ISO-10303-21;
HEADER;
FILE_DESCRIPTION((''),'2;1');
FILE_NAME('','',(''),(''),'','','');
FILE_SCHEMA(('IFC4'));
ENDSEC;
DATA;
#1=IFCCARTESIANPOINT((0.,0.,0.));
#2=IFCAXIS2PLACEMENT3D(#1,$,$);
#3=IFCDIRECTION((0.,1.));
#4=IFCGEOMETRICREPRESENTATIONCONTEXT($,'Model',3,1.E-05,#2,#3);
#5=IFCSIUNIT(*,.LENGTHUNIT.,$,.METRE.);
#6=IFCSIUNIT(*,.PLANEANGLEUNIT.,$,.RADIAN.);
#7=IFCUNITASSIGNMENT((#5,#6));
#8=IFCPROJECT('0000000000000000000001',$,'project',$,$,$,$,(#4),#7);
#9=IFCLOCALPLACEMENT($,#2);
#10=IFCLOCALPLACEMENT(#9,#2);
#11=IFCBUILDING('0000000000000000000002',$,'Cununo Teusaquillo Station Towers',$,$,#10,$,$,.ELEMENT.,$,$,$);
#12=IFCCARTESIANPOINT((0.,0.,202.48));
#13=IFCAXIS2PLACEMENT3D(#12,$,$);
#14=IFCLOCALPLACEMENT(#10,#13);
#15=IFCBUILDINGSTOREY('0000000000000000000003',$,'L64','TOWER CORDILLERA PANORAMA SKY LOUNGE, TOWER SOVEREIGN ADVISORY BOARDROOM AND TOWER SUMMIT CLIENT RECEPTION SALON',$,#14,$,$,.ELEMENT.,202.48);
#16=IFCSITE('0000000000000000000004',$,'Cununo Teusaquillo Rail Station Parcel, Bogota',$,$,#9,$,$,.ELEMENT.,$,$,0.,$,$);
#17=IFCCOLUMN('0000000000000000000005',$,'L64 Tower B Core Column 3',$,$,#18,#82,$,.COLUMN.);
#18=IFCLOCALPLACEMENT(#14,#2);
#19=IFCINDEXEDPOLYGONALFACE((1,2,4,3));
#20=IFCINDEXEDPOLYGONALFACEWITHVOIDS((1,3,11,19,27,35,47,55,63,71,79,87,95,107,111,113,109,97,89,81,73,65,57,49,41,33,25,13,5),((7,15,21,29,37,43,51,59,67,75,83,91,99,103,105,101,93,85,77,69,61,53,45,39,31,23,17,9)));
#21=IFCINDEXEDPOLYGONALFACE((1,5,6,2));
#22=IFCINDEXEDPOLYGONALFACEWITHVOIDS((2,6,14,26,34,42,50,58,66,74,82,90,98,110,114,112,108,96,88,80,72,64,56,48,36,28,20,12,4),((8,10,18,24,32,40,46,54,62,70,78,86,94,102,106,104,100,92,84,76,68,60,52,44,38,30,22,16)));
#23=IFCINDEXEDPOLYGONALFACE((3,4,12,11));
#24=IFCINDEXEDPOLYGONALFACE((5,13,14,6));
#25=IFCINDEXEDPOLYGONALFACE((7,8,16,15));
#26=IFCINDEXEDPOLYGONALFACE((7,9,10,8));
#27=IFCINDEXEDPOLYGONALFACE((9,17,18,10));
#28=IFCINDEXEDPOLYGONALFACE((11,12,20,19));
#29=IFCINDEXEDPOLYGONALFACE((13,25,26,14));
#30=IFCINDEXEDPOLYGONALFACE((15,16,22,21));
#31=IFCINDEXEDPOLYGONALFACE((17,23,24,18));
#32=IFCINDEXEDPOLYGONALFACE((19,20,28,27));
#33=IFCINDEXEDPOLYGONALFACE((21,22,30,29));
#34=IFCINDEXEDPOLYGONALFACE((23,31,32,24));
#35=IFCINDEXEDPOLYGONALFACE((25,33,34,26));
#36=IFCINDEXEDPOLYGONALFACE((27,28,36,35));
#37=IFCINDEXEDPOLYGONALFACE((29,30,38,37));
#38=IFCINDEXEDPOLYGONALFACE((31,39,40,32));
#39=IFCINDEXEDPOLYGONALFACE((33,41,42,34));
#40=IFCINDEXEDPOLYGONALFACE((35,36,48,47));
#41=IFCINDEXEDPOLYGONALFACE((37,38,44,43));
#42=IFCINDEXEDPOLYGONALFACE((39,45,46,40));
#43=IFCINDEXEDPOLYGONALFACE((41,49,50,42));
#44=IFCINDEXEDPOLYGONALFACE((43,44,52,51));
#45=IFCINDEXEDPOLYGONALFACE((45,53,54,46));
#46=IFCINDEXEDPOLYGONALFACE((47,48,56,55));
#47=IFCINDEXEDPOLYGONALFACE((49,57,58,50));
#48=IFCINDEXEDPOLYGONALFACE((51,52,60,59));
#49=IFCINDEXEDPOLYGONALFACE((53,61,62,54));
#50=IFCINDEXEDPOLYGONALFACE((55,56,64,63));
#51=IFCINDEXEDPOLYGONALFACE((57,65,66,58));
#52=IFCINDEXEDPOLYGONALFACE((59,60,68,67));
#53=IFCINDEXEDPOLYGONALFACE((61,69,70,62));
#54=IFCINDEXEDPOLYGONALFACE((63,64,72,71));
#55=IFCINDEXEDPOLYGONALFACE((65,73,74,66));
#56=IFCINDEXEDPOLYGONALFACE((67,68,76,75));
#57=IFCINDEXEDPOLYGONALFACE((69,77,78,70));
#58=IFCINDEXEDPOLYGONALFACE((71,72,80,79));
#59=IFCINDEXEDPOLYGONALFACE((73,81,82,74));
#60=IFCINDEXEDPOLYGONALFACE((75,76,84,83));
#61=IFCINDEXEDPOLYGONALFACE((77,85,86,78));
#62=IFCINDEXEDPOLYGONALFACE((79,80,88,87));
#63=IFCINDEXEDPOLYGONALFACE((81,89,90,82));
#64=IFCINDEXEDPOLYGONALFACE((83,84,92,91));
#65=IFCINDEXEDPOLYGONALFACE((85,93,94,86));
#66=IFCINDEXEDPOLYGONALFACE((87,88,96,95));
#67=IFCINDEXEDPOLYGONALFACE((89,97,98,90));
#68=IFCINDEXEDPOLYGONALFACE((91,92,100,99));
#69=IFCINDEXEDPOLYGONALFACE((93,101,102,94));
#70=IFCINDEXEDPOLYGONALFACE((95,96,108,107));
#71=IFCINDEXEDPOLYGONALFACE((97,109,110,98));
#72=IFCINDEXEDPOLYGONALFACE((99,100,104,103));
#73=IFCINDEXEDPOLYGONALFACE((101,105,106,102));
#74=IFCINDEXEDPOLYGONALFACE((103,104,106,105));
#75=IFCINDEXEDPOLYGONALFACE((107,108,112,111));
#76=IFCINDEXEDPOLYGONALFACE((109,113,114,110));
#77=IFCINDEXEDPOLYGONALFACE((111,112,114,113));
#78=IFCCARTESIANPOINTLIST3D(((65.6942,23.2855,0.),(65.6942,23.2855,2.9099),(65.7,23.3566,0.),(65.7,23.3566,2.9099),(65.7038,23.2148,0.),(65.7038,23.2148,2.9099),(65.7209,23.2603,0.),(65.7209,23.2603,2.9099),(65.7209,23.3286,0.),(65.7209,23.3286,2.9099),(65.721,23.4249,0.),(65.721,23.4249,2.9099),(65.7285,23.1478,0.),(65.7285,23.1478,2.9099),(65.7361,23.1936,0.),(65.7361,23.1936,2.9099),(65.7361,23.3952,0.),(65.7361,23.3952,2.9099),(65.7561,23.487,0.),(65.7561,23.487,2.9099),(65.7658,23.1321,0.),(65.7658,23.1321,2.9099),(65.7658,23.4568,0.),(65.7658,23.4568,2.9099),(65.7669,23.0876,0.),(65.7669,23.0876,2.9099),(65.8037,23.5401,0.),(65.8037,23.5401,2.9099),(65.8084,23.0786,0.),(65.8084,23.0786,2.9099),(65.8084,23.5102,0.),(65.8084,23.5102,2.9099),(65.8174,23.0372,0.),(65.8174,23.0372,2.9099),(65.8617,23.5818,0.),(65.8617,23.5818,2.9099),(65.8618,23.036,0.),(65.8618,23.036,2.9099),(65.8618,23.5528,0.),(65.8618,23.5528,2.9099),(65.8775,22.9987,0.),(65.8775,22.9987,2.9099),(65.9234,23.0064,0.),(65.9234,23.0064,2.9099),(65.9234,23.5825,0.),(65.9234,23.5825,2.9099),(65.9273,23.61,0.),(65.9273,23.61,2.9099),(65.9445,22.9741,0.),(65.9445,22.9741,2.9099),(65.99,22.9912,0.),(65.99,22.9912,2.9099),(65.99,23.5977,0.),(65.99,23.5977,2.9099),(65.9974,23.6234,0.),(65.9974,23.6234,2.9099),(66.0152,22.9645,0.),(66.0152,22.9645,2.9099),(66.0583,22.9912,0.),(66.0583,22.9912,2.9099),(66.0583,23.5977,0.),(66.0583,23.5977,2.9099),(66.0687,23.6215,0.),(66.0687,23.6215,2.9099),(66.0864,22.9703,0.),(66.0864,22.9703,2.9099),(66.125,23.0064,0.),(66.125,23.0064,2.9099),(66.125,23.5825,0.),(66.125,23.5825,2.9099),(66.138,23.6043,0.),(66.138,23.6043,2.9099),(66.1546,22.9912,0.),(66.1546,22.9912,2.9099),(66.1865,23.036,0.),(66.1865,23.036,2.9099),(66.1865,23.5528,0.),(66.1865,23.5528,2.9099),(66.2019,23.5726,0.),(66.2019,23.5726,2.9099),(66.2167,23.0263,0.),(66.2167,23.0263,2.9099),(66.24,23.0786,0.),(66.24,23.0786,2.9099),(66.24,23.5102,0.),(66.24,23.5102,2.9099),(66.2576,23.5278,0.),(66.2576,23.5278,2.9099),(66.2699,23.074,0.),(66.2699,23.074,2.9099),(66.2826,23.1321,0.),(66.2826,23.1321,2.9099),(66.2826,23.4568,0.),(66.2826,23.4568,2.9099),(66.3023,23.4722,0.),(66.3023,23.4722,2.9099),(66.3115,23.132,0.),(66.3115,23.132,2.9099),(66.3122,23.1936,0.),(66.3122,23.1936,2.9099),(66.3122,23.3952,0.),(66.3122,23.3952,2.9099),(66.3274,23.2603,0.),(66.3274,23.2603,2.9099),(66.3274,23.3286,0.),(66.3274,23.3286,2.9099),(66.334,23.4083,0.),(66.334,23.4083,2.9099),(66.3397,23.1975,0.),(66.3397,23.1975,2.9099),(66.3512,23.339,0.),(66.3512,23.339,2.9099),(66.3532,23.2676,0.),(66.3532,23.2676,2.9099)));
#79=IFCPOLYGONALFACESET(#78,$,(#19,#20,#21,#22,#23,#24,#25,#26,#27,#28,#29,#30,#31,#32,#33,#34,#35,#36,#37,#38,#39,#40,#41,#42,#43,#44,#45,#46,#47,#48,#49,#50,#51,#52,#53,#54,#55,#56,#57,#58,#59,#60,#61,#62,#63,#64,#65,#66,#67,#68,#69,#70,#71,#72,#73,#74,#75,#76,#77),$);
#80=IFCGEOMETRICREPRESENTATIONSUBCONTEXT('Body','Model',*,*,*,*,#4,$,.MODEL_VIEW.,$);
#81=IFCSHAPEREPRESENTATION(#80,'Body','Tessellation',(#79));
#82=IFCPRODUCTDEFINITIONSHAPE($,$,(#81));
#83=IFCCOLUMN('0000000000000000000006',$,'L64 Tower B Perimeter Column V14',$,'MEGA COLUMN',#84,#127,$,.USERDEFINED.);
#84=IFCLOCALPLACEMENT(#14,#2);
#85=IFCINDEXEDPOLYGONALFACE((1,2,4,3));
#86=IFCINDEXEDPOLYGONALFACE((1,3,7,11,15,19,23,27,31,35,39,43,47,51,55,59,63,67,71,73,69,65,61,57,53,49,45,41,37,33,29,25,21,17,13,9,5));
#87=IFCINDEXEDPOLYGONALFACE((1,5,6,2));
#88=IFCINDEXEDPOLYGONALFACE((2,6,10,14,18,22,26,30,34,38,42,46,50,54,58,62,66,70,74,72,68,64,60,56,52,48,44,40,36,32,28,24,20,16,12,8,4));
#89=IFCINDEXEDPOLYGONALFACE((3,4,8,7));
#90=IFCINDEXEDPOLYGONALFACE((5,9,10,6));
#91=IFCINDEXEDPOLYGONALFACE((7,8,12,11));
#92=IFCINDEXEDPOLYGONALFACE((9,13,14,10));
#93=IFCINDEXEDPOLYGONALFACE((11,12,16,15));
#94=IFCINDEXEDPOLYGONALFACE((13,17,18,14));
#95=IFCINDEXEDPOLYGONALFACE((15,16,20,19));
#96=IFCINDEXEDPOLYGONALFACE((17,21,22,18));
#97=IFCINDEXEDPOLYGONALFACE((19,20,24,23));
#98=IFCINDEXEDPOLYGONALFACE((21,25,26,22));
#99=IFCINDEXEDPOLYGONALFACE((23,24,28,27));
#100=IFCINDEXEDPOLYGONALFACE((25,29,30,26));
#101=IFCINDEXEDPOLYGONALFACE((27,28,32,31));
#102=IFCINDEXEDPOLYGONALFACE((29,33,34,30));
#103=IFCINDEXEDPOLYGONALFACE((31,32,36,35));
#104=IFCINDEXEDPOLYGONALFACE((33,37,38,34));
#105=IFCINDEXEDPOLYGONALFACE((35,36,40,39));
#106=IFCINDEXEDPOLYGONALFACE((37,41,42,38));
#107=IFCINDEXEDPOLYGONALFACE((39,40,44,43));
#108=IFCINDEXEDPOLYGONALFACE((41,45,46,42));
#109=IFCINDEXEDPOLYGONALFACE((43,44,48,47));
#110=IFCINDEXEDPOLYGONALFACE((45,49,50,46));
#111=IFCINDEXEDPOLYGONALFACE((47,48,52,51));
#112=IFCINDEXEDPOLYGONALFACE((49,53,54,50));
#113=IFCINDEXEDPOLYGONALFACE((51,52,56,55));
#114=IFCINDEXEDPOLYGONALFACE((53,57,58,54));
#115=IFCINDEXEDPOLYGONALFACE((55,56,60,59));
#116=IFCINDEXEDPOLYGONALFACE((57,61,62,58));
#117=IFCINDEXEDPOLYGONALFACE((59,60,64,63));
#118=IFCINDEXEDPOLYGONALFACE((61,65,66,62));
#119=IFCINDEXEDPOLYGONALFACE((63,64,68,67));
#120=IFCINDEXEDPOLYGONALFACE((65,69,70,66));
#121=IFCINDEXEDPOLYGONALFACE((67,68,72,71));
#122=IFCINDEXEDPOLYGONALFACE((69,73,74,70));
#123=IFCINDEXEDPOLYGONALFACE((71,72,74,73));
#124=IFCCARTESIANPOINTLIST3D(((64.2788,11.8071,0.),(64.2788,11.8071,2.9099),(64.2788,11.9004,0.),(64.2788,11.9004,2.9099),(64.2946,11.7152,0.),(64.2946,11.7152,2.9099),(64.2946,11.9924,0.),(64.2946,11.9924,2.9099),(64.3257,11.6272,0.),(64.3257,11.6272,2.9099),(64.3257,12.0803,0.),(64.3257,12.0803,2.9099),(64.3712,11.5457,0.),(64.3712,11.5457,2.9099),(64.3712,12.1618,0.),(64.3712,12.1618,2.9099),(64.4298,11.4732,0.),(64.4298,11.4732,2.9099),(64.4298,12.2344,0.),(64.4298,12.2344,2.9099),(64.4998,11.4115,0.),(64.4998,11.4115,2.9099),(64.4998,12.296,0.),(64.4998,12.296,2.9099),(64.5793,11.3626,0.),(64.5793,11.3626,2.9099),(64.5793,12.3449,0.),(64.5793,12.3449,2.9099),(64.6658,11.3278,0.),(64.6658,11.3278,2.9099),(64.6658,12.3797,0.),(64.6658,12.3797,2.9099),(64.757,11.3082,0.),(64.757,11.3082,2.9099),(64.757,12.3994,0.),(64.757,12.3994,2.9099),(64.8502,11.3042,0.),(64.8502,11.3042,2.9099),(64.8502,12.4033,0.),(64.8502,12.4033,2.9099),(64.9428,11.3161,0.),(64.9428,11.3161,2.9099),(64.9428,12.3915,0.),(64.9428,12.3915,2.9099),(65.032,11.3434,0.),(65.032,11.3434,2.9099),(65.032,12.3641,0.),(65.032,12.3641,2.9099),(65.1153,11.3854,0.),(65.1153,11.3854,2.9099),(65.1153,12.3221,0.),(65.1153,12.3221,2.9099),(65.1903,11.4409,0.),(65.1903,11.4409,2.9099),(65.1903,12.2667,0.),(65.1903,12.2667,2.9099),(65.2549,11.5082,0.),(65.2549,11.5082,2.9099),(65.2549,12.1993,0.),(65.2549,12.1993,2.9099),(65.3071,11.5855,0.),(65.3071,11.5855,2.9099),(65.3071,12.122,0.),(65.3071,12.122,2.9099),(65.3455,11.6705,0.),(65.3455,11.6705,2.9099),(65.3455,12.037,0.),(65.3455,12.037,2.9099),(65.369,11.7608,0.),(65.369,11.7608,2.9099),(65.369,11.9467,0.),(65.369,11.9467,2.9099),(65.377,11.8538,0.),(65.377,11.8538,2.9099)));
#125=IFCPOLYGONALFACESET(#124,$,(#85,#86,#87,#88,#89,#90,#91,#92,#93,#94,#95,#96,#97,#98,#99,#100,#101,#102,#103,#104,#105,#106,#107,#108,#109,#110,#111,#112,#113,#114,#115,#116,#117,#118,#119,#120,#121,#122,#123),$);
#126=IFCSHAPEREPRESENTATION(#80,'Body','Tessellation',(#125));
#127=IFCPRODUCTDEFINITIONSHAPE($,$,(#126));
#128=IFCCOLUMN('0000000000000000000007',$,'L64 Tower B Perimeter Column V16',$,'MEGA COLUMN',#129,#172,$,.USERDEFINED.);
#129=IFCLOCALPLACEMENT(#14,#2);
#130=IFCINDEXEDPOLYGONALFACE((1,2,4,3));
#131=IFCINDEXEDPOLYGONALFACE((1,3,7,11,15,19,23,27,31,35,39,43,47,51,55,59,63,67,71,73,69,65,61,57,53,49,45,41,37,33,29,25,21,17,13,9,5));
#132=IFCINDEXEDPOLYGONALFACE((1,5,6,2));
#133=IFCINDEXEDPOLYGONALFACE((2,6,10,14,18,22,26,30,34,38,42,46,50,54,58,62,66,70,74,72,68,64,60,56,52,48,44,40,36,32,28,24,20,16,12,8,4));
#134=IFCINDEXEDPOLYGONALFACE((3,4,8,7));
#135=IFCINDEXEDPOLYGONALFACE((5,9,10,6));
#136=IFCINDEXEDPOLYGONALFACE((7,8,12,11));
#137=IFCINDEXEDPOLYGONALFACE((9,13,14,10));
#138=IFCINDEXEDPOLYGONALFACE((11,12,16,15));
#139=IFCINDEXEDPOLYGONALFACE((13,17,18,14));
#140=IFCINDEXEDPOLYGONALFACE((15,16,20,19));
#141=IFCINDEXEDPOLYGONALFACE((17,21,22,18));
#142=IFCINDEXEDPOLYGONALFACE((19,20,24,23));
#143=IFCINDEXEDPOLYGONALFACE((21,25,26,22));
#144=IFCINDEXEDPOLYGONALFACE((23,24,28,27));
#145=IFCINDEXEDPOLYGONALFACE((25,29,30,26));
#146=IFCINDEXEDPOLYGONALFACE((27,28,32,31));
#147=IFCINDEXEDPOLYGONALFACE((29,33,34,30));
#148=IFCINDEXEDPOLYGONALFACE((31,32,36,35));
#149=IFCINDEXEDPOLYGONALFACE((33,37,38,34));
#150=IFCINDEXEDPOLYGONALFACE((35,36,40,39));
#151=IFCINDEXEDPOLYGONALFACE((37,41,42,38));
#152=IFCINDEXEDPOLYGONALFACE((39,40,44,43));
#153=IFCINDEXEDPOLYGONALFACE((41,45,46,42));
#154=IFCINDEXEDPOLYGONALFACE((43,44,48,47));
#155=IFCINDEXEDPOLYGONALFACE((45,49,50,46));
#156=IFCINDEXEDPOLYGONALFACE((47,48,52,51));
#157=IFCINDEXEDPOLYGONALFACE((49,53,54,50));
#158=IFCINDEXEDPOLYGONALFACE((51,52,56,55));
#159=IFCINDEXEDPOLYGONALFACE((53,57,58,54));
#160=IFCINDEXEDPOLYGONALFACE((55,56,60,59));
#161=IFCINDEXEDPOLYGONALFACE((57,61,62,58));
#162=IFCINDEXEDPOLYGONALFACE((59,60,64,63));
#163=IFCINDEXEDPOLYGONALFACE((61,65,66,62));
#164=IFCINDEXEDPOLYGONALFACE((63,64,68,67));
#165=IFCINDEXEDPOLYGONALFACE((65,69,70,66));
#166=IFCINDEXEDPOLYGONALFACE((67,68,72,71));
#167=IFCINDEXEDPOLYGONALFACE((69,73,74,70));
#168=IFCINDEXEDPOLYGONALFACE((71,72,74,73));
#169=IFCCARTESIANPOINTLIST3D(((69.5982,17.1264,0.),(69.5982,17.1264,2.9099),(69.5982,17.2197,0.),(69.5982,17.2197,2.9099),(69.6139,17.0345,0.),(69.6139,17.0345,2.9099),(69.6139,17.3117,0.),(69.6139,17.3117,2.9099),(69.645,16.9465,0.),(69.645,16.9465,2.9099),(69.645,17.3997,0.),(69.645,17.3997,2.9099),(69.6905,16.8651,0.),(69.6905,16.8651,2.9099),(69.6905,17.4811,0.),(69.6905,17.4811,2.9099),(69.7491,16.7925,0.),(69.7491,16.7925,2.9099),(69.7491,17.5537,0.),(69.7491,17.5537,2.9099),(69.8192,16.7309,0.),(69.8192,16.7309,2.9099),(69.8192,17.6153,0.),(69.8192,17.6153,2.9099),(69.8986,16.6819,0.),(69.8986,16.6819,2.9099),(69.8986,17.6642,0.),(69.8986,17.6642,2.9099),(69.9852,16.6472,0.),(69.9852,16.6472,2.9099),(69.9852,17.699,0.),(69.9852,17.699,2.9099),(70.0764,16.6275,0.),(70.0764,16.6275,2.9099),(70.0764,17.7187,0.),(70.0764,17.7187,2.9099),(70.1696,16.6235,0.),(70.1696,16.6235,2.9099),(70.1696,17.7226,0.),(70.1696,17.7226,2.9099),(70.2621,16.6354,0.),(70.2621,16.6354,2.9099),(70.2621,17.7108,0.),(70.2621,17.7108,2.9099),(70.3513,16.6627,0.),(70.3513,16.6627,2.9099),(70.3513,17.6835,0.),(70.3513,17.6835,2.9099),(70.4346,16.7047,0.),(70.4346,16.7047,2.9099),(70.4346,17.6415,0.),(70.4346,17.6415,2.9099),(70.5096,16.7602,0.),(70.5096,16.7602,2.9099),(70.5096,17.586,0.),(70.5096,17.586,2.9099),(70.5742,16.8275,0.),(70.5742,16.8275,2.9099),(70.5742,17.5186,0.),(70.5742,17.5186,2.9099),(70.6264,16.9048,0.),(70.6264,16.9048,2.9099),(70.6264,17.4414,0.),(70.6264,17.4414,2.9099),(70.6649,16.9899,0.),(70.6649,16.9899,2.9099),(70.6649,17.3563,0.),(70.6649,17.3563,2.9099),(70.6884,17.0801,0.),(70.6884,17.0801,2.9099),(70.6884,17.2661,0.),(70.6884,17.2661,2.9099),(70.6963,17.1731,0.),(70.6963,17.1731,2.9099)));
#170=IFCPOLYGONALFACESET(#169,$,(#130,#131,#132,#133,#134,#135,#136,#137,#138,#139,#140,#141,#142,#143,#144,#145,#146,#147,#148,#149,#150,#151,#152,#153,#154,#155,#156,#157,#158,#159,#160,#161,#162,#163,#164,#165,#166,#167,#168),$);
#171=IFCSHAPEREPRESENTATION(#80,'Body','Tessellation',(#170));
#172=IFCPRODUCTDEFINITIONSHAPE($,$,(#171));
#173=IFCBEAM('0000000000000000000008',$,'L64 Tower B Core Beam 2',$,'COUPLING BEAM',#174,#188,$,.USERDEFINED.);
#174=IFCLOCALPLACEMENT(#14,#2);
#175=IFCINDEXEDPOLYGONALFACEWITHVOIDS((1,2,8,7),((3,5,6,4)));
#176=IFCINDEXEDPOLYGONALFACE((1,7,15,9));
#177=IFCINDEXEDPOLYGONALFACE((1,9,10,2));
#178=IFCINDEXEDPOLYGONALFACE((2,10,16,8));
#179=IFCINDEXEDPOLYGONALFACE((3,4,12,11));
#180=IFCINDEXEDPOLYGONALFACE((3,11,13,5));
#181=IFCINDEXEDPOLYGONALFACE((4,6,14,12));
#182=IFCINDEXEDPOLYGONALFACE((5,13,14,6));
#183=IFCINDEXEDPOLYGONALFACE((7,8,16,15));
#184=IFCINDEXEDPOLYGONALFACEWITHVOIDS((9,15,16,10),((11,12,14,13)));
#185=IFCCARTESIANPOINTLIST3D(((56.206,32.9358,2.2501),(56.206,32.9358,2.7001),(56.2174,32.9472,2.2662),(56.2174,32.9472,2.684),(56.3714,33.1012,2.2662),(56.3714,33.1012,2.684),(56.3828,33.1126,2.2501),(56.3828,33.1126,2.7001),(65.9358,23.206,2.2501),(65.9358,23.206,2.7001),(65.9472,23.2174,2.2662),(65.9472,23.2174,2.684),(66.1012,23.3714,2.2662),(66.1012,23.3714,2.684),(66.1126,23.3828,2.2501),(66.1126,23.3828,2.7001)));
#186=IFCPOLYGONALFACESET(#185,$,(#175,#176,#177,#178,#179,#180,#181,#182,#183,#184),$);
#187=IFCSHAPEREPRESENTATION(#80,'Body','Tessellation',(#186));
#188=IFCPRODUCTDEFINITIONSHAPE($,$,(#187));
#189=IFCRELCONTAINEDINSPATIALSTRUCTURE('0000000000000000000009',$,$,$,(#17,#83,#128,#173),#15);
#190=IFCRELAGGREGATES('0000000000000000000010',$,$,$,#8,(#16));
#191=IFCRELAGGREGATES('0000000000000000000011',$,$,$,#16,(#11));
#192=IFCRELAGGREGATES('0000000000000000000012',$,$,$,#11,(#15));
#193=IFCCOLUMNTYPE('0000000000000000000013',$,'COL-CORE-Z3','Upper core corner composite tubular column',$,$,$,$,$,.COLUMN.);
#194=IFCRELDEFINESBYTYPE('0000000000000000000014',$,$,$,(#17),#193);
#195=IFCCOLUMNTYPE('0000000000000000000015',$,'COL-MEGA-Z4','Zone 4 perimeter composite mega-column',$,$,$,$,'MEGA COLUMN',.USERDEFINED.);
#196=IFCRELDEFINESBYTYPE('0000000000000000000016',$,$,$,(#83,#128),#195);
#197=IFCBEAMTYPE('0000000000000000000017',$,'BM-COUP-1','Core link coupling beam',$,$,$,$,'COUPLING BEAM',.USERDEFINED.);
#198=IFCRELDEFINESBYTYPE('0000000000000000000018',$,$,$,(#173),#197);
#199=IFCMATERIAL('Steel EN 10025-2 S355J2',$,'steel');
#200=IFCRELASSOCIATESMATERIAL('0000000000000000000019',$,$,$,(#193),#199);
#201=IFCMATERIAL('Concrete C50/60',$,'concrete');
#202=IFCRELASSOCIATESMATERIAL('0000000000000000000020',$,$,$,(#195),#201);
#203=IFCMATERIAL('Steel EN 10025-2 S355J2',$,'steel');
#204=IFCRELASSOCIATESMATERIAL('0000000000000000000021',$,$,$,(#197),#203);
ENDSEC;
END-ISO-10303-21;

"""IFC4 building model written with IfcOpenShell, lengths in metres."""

from ifc_helpers import new_model, si_unit, direction, frame, origin, origin_2d, place, context, subcontext, project, spatial, hollow_rectangle, circle, hollow_circle, extrude, material, material_profile, profile_set, type_object, element, save


model = new_model("IFC4")

# Units and contexts
model_context = context("Model", 3, precision=1e-05, world=origin(), true_north=direction((0.0, 1.0)))
body_context = subcontext(model_context, "Body", "Model", "MODEL_VIEW")
ifc_project = project(units=[si_unit("LENGTHUNIT", "METRE"), si_unit("PLANEANGLEUNIT", "RADIAN")], contexts=[model_context])

# Site, building, storey
site_placement = place(None, origin())
site = spatial("IfcSite", under=ifc_project, at=site_placement, Name="Cununo Teusaquillo Rail Station Parcel, Bogota", CompositionType="ELEMENT", RefElevation=0.0)
building_placement = place(site_placement, origin())
building = spatial("IfcBuilding", under=site, at=building_placement, Name="Cununo Teusaquillo Station Towers", CompositionType="ELEMENT")
storey_placement = place(building_placement, frame((0.0, 0.0, 202.48)))
storey = spatial("IfcBuildingStorey", under=building, at=storey_placement, Name="L64", Description="TOWER CORDILLERA PANORAMA SKY LOUNGE, TOWER SOVEREIGN ADVISORY BOARDROOM AND TOWER SUMMIT CLIENT RECEPTION SALON", CompositionType="ELEMENT", Elevation=202.48)

# Columns
ifc_material_1 = material(Name="Steel EN 10025-2 S355J2", Category="steel")
ifc_material_profile_1 = material_profile(ifc_material_1, hollow_circle(Radius=0.3301, WallThickness=0.0249, at=origin_2d()), Name="CHS 660x25")
ifc_profile_set_1 = profile_set([ifc_material_profile_1], Name="Steel EN 10025-2 S355J2")
column_type_1 = type_object("IfcColumnType", Name="COL-CORE-Z3", Description="Upper core corner composite tubular column", PredefinedType="COLUMN", material=ifc_profile_set_1)
column_placement = place(storey_placement, frame((66.0242, 23.2944, 0.0), z_axis=(0.0, 0.0, 1.0), x_axis=(0.707107, 0.707107, 0.0)))
element("IfcColumn", 1, at=column_placement, inside=storey, type_object=column_type_1, Name="L64 Tower B Core Column 3", PredefinedType="COLUMN", context=body_context, shape_type="SweptSolid", body=[
    extrude(hollow_circle(Radius=0.3301, WallThickness=0.0249, at=origin_2d()), origin(), (0.0, 0.0, 1.0), 2.9099),
])
ifc_material_2 = material(Name="Concrete C50/60", Category="concrete")
ifc_material_profile_2 = material_profile(ifc_material_2, circle(Radius=0.55, at=origin_2d()), Name="RC-CIRC-1100")
ifc_profile_set_2 = profile_set([ifc_material_profile_2], Name="Concrete C50/60")
column_type_2 = type_object("IfcColumnType", Name="COL-MEGA-Z4", Description="Zone 4 perimeter composite mega-column", ElementType="MEGA COLUMN", PredefinedType="USERDEFINED", material=ifc_profile_set_2)
for number, where, z_axis, x_axis, name in (
    (2, (64.8269, 11.8538, 0.0), (0.0, 0.0, 1.0), (1.0, 0.0, 0.0), "L64 Tower B Perimeter Column V14"),
    (3, (70.1462, 17.1731, 0.0), (0.0, 0.0, 1.0), (1.0, 0.0, 0.0), "L64 Tower B Perimeter Column V16"),
):
    element("IfcColumn", number, at=place(storey_placement, frame(where, z_axis=z_axis, x_axis=x_axis)), inside=storey, type_object=column_type_2, Name=name, ObjectType="MEGA COLUMN", PredefinedType="USERDEFINED", context=body_context, shape_type="SweptSolid", body=[
        extrude(circle(Radius=0.55, at=origin_2d()), origin(), (0.0, 0.0, 1.0), 2.9099),
    ])

# Beam
ifc_material_3 = material(Name="Steel EN 10025-2 S355J2", Category="steel")
ifc_material_profile_3 = material_profile(ifc_material_3, hollow_rectangle(XDim=0.25, YDim=0.45, WallThickness=0.0161, at=origin_2d()), Name="RHS 450x250x16")
ifc_profile_set_3 = profile_set([ifc_material_profile_3], Name="Steel EN 10025-2 S355J2")
beam_type_1 = type_object("IfcBeamType", Name="BM-COUP-1", Description="Core link coupling beam", ElementType="COUPLING BEAM", PredefinedType="USERDEFINED", material=ifc_profile_set_3)
beam_1_placement = place(storey_placement, frame((66.0242, 23.2944, 2.4751), z_axis=(-0.707107, 0.707107, 0.0), x_axis=(-0.707107, -0.707107, 0.0)))
element("IfcBeam", 4, at=beam_1_placement, inside=storey, type_object=beam_type_1, Name="L64 Tower B Core Beam 2", ObjectType="COUPLING BEAM", PredefinedType="USERDEFINED", context=body_context, shape_type="SweptSolid", body=[
    extrude(hollow_rectangle(XDim=0.25, YDim=0.45, WallThickness=0.0161, at=origin_2d()), origin(), (0.0, 0.0, 1.0), 13.76),
])

save(model, "model.ifc")
